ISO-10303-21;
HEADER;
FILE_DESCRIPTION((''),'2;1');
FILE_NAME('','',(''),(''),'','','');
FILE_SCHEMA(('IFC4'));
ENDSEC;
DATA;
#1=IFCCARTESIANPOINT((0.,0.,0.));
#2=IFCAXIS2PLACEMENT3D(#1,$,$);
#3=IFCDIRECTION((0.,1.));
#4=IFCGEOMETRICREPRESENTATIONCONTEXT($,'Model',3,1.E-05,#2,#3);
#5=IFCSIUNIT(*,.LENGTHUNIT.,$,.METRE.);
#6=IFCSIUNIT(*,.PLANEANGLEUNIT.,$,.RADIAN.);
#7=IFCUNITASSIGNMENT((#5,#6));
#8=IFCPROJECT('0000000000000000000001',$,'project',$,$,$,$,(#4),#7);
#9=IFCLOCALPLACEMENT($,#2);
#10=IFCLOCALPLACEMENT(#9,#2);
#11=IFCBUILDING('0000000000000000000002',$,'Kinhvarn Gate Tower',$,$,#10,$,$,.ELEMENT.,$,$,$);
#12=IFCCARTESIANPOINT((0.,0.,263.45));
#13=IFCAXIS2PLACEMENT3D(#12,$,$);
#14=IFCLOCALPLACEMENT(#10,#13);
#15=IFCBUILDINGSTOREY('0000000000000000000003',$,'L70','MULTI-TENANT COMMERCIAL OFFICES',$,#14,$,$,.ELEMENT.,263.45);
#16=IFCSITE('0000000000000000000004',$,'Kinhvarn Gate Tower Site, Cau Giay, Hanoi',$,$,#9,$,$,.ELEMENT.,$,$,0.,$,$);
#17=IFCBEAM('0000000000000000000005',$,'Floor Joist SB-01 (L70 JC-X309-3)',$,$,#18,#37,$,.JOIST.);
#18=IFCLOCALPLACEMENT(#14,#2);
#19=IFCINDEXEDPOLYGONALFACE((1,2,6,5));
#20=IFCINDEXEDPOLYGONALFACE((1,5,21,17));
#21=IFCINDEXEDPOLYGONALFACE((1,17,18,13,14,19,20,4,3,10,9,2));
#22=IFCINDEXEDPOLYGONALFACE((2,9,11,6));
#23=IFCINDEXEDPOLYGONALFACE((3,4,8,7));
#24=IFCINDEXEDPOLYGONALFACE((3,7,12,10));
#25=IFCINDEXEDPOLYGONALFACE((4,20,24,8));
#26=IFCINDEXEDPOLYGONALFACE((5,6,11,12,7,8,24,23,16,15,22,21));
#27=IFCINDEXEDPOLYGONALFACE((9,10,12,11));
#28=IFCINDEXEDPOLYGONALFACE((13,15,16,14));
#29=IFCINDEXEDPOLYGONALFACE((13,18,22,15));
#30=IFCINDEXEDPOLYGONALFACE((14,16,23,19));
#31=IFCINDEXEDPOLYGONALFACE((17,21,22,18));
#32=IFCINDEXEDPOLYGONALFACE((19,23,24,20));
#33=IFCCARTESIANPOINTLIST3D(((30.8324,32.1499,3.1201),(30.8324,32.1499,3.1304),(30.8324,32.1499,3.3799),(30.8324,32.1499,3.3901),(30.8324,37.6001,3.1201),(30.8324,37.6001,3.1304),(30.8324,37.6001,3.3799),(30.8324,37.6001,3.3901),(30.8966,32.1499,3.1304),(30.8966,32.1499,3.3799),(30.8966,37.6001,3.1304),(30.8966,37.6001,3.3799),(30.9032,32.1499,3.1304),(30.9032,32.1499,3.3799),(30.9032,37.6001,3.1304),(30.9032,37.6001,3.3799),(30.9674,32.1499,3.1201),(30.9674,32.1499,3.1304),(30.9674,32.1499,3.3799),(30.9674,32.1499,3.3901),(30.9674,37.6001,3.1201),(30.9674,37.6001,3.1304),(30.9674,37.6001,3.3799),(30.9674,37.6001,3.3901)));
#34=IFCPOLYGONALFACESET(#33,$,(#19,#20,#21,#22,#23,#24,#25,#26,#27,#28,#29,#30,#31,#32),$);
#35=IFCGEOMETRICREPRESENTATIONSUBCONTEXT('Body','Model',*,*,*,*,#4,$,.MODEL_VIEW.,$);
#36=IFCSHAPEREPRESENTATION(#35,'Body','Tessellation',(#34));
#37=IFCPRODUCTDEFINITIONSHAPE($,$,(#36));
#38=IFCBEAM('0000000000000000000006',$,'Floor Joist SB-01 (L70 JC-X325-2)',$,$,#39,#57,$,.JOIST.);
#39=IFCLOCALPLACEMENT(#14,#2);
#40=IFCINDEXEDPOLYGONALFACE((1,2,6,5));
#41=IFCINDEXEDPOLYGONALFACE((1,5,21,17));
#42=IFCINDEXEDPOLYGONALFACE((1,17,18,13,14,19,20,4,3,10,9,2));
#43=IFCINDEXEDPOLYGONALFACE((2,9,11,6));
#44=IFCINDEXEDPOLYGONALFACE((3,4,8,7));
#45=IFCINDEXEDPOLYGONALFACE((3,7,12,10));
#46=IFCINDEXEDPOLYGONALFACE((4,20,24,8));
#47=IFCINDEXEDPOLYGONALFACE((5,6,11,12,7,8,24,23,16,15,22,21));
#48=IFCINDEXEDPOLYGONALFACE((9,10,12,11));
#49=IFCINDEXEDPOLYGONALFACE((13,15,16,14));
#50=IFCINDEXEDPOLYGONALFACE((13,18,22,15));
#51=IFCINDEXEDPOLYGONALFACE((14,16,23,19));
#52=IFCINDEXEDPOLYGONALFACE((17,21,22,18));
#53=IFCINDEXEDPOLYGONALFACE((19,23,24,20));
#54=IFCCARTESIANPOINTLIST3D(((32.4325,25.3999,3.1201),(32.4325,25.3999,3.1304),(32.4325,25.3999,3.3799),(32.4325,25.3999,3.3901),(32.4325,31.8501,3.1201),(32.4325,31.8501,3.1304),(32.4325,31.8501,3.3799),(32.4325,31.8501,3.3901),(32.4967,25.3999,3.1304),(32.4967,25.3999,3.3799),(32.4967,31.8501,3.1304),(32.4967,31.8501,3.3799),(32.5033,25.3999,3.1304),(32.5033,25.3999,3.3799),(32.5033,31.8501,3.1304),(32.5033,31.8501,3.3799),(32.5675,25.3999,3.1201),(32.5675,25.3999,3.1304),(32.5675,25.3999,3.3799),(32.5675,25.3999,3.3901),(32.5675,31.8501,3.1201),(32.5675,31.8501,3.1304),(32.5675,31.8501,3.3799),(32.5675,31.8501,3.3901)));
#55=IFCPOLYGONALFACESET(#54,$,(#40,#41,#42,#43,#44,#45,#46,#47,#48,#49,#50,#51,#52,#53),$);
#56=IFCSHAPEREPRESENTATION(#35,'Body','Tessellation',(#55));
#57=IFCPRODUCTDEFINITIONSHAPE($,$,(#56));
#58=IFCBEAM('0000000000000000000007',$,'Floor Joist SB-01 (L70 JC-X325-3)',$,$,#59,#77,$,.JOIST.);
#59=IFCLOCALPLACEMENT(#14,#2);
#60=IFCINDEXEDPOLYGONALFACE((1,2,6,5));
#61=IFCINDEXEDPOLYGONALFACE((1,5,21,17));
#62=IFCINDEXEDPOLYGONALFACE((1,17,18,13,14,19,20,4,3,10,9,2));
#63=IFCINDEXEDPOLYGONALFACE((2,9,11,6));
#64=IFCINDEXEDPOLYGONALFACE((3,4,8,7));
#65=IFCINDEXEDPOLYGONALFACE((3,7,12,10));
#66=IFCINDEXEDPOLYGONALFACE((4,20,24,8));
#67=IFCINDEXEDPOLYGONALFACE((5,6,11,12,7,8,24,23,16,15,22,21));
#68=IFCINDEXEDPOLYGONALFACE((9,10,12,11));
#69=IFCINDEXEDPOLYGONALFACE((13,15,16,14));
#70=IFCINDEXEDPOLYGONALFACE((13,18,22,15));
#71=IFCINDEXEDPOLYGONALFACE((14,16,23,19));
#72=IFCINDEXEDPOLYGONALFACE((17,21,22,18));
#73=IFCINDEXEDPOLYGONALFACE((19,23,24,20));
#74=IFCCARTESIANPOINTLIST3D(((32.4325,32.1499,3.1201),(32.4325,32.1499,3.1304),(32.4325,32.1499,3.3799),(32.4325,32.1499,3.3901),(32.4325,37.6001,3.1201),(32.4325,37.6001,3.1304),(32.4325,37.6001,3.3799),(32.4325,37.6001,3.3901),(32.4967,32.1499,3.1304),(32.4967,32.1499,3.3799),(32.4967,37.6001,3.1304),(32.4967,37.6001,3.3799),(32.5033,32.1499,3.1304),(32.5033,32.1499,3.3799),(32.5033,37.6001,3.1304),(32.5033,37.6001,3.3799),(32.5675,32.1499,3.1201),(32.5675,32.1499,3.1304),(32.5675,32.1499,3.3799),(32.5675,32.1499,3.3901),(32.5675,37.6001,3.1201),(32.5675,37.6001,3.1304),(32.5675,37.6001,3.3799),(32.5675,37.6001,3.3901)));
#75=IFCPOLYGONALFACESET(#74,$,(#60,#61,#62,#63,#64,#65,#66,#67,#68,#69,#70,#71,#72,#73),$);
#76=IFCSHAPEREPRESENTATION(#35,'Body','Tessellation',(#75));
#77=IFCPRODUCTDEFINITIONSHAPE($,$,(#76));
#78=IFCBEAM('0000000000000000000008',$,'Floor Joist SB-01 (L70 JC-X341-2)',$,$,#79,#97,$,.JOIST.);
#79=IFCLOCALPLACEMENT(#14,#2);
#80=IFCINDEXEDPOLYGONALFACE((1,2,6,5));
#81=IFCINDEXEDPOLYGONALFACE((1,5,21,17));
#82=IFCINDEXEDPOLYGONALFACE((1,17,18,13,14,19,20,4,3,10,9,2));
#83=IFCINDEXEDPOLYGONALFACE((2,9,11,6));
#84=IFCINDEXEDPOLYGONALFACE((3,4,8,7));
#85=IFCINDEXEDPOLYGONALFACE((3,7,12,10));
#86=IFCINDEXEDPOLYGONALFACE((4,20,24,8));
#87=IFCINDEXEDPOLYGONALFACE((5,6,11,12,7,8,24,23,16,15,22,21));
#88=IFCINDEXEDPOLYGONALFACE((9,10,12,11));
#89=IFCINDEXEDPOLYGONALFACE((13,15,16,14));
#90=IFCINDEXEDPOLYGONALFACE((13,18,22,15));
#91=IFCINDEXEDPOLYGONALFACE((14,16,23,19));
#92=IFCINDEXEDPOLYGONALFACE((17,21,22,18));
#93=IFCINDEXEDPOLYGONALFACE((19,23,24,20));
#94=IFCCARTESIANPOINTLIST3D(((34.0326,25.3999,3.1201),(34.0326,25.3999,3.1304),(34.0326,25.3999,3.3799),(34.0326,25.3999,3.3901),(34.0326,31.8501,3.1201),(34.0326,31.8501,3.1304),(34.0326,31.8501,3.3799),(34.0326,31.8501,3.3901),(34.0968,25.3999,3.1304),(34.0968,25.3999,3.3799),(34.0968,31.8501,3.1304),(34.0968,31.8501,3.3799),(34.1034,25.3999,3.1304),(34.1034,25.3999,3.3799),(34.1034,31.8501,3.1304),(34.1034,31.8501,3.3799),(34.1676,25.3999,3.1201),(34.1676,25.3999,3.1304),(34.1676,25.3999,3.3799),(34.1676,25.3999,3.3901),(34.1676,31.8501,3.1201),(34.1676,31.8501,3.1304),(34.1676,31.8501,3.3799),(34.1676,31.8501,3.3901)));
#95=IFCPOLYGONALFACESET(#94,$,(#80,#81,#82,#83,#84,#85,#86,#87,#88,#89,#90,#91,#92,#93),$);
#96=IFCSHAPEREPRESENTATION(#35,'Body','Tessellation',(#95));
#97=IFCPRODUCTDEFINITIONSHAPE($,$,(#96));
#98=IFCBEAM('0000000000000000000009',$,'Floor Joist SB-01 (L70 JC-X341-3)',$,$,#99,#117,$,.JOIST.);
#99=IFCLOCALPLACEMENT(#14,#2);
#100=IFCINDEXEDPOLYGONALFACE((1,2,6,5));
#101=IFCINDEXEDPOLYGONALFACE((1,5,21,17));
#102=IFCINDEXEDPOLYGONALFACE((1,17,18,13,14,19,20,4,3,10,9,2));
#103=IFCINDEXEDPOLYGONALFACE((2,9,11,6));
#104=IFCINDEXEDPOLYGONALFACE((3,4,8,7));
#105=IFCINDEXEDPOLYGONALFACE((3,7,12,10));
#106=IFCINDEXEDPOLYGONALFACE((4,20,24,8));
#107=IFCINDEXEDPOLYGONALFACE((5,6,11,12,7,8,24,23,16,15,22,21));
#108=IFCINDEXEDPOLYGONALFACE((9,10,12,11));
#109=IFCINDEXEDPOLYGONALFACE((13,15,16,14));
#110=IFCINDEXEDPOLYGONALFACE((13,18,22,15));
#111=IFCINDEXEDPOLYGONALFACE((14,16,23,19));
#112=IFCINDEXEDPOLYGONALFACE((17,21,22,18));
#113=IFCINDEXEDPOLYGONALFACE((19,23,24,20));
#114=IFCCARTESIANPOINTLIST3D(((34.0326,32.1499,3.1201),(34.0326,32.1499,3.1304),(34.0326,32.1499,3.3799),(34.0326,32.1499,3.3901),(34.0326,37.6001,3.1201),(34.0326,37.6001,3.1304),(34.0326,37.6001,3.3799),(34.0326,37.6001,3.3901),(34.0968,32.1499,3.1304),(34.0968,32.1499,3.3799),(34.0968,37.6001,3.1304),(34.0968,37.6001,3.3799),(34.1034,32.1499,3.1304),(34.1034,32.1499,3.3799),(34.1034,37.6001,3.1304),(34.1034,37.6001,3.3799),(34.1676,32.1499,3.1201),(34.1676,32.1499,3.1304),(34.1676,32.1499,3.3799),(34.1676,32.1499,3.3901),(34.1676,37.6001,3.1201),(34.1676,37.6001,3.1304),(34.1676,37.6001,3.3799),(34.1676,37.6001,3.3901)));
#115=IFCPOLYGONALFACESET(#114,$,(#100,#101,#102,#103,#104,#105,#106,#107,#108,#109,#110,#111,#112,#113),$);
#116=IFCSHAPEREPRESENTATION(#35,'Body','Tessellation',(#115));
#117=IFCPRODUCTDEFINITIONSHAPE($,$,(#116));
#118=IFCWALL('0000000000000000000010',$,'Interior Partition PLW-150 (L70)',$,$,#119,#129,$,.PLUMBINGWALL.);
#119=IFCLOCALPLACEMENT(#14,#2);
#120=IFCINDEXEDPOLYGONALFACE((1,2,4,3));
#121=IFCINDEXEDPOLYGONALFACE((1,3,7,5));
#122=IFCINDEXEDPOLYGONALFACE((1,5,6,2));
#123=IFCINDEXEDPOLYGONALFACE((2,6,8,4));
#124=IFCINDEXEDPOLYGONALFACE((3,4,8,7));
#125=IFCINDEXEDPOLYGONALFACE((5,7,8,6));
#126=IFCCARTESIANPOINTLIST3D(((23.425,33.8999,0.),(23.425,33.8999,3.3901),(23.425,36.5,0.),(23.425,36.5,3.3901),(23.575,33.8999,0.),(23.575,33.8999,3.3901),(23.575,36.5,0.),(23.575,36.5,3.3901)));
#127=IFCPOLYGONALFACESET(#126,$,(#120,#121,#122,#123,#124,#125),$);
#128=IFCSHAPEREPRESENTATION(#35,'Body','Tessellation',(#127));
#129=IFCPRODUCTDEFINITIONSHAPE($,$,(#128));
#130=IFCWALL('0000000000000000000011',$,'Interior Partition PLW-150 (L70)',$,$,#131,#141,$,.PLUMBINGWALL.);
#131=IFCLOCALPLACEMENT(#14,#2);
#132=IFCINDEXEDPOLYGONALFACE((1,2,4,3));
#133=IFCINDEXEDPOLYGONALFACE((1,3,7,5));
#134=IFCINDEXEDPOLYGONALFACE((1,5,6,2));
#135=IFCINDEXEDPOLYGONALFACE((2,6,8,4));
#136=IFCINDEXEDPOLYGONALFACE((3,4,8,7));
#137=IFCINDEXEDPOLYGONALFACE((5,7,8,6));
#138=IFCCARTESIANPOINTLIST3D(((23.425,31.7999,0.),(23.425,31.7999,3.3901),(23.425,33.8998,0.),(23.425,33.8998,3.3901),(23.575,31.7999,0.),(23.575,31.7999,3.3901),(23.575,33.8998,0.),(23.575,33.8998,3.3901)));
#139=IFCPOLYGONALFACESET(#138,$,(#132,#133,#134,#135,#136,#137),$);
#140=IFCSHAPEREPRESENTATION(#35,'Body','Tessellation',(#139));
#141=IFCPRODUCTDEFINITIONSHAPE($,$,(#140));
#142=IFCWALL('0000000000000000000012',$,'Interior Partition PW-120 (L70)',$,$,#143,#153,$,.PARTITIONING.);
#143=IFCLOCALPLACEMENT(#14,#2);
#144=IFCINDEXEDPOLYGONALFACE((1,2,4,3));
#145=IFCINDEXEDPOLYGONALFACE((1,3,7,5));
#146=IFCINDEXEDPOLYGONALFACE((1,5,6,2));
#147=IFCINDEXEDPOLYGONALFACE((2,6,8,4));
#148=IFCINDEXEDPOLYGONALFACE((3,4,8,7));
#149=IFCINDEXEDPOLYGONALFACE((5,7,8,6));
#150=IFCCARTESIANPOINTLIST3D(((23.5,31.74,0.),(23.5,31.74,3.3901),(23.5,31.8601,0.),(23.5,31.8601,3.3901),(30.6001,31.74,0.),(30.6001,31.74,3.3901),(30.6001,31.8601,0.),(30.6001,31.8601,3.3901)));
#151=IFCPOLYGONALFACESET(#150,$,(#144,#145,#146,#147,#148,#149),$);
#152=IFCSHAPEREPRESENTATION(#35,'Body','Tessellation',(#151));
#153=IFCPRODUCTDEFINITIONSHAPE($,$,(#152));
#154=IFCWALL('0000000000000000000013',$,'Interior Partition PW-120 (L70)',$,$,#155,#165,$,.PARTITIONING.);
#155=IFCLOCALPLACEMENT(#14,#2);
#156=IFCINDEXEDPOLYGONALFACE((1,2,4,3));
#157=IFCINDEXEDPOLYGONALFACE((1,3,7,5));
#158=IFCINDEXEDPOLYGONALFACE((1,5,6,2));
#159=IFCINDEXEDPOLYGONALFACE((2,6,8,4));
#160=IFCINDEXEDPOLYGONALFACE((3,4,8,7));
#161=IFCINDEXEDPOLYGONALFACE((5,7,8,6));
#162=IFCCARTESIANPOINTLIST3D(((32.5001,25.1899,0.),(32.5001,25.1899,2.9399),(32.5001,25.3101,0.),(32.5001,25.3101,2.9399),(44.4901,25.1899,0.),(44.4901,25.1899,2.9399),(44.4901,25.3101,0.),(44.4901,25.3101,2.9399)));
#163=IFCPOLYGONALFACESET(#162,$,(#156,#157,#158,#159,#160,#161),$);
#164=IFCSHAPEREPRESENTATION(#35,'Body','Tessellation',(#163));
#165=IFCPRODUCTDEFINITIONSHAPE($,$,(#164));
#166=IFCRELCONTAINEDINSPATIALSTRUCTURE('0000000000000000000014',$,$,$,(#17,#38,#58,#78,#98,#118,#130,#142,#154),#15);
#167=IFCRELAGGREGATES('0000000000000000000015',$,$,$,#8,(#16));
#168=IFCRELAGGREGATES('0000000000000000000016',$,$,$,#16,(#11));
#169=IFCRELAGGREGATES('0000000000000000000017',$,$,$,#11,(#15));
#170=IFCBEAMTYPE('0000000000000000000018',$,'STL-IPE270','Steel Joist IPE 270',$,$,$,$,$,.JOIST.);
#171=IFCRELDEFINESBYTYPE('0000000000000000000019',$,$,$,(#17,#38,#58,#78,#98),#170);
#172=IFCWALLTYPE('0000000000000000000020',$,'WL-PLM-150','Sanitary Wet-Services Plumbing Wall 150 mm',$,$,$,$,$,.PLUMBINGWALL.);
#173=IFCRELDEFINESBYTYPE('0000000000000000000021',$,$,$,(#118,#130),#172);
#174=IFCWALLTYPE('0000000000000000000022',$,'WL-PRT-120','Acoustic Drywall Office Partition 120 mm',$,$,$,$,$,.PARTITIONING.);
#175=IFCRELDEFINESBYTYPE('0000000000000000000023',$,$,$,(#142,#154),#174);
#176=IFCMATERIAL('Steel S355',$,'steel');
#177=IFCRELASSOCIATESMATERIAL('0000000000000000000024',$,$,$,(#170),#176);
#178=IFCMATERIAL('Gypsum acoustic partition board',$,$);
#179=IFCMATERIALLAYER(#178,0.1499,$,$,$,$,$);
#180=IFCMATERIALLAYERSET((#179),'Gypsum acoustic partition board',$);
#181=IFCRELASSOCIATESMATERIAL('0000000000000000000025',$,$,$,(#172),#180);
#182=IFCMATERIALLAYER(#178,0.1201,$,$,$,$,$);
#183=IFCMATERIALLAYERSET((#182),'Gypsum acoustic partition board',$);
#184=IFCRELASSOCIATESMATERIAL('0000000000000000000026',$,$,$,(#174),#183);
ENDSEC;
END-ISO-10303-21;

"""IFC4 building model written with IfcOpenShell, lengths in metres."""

from ifc_helpers import new_model, si_unit, direction, frame, frame_2d, origin, origin_2d, place, context, subcontext, project, spatial, rectangle, i_section, extrude, material, layer, layer_set, material_profile, profile_set, type_object, element, save


model = new_model("IFC4")

# Units and contexts
model_context = context("Model", 3, precision=1e-05, world=origin(), true_north=direction((0.0, 1.0)))
body_context = subcontext(model_context, "Body", "Model", "MODEL_VIEW")
ifc_project = project(units=[si_unit("LENGTHUNIT", "METRE"), si_unit("PLANEANGLEUNIT", "RADIAN")], contexts=[model_context])

# Site, building, storey
site_placement = place(None, origin())
site = spatial("IfcSite", under=ifc_project, at=site_placement, Name="Kinhvarn Gate Tower Site, Cau Giay, Hanoi", CompositionType="ELEMENT", RefElevation=0.0)
building_placement = place(site_placement, origin())
building = spatial("IfcBuilding", under=site, at=building_placement, Name="Kinhvarn Gate Tower", CompositionType="ELEMENT")
storey_placement = place(building_placement, frame((0.0, 0.0, 263.45)))
storey = spatial("IfcBuildingStorey", under=building, at=storey_placement, Name="L70", Description="MULTI-TENANT COMMERCIAL OFFICES", CompositionType="ELEMENT", Elevation=263.45)

# Beams
ifc_material_1 = material(Name="Steel S355", Category="steel")
ifc_material_profile = material_profile(ifc_material_1, i_section(OverallWidth=0.135, OverallDepth=0.27, WebThickness=0.0066, FlangeThickness=0.0103, at=origin_2d()), Name="IPE 270")
ifc_profile_set = profile_set([ifc_material_profile], Name="Steel S355")
beam_type = type_object("IfcBeamType", Name="STL-IPE270", Description="Steel Joist IPE 270", PredefinedType="JOIST", material=ifc_profile_set)
beam_1_placement = place(storey_placement, frame((30.8999, 32.1499, 3.2551), z_axis=(0.0, 1.0, 0.0), x_axis=(-1.0, 0.0, 0.0)))
element("IfcBeam", 1, at=beam_1_placement, inside=storey, type_object=beam_type, Name="Floor Joist SB-01 (L70 JC-X309-3)", PredefinedType="JOIST", context=body_context, shape_type="SweptSolid", body=[
    extrude(i_section(OverallWidth=0.135, OverallDepth=0.27, WebThickness=0.0066, FlangeThickness=0.0103, at=origin_2d()), origin(), (0.0, 0.0, 1.0), 5.4502),
])
beam_2_placement = place(storey_placement, frame((32.5, 25.3999, 3.2551), z_axis=(0.0, 1.0, 0.0), x_axis=(-1.0, 0.0, 0.0)))
element("IfcBeam", 2, at=beam_2_placement, inside=storey, type_object=beam_type, Name="Floor Joist SB-01 (L70 JC-X325-2)", PredefinedType="JOIST", context=body_context, shape_type="SweptSolid", body=[
    extrude(i_section(OverallWidth=0.135, OverallDepth=0.27, WebThickness=0.0066, FlangeThickness=0.0103, at=origin_2d()), origin(), (0.0, 0.0, 1.0), 6.4502),
])
beam_3_placement = place(storey_placement, frame((32.5, 32.1499, 3.2551), z_axis=(0.0, 1.0, 0.0), x_axis=(-1.0, 0.0, 0.0)))
element("IfcBeam", 3, at=beam_3_placement, inside=storey, type_object=beam_type, Name="Floor Joist SB-01 (L70 JC-X325-3)", PredefinedType="JOIST", context=body_context, shape_type="SweptSolid", body=[
    extrude(i_section(OverallWidth=0.135, OverallDepth=0.27, WebThickness=0.0066, FlangeThickness=0.0103, at=origin_2d()), origin(), (0.0, 0.0, 1.0), 5.4502),
])
beam_4_placement = place(storey_placement, frame((34.1001, 25.3999, 3.2551), z_axis=(0.0, 1.0, 0.0), x_axis=(-1.0, 0.0, 0.0)))
element("IfcBeam", 4, at=beam_4_placement, inside=storey, type_object=beam_type, Name="Floor Joist SB-01 (L70 JC-X341-2)", PredefinedType="JOIST", context=body_context, shape_type="SweptSolid", body=[
    extrude(i_section(OverallWidth=0.135, OverallDepth=0.27, WebThickness=0.0066, FlangeThickness=0.0103, at=origin_2d()), origin(), (0.0, 0.0, 1.0), 6.4502),
])
beam_5_placement = place(storey_placement, frame((34.1001, 32.1499, 3.2551), z_axis=(0.0, 1.0, 0.0), x_axis=(-1.0, 0.0, 0.0)))
element("IfcBeam", 5, at=beam_5_placement, inside=storey, type_object=beam_type, Name="Floor Joist SB-01 (L70 JC-X341-3)", PredefinedType="JOIST", context=body_context, shape_type="SweptSolid", body=[
    extrude(i_section(OverallWidth=0.135, OverallDepth=0.27, WebThickness=0.0066, FlangeThickness=0.0103, at=origin_2d()), origin(), (0.0, 0.0, 1.0), 5.4502),
])

# Walls
ifc_material_2 = material(Name="Gypsum acoustic partition board")
ifc_layer_1 = layer(ifc_material_2, 0.1499)
ifc_layer_set_1 = layer_set([ifc_layer_1], Name="Gypsum acoustic partition board")
wall_type_1 = type_object("IfcWallType", Name="WL-PLM-150", Description="Sanitary Wet-Services Plumbing Wall 150 mm", PredefinedType="PLUMBINGWALL", material=ifc_layer_set_1)
wall_1_placement = place(storey_placement, frame((23.5, 33.8999, 0.0), z_axis=(0.0, 0.0, 1.0), x_axis=(0.0, 1.0, 0.0)))
element("IfcWall", 6, at=wall_1_placement, inside=storey, type_object=wall_type_1, Name="Interior Partition PLW-150 (L70)", PredefinedType="PLUMBINGWALL", context=body_context, shape_type="SweptSolid", body=[
    extrude(rectangle(XDim=2.6001, YDim=0.1499, at=frame_2d((1.3, 0.0))), origin(), (0.0, 0.0, 1.0), 3.3901),
])
wall_2_placement = place(storey_placement, frame((23.5, 31.8, 0.0), z_axis=(0.0, 0.0, 1.0), x_axis=(0.0, 1.0, 0.0)))
element("IfcWall", 7, at=wall_2_placement, inside=storey, type_object=wall_type_1, Name="Interior Partition PLW-150 (L70)", PredefinedType="PLUMBINGWALL", context=body_context, shape_type="SweptSolid", body=[
    extrude(rectangle(XDim=2.0999, YDim=0.1499, at=frame_2d((1.0498, 0.0))), origin(), (0.0, 0.0, 1.0), 3.3901),
])
ifc_layer_2 = layer(ifc_material_2, 0.1201)
ifc_layer_set_2 = layer_set([ifc_layer_2], Name="Gypsum acoustic partition board")
wall_type_2 = type_object("IfcWallType", Name="WL-PRT-120", Description="Acoustic Drywall Office Partition 120 mm", PredefinedType="PARTITIONING", material=ifc_layer_set_2)
wall_3_placement = place(storey_placement, frame((23.5, 31.8, 0.0), z_axis=(0.0, 0.0, 1.0), x_axis=(1.0, 0.0, 0.0)))
element("IfcWall", 8, at=wall_3_placement, inside=storey, type_object=wall_type_2, Name="Interior Partition PW-120 (L70)", PredefinedType="PARTITIONING", context=body_context, shape_type="SweptSolid", body=[
    extrude(rectangle(XDim=7.1001, YDim=0.1201, at=frame_2d((3.55, 0.0))), origin(), (0.0, 0.0, 1.0), 3.3901),
])
wall_4_placement = place(storey_placement, frame((32.5, 25.25, 0.0), z_axis=(0.0, 0.0, 1.0), x_axis=(1.0, 0.0, 0.0)))
element("IfcWall", 9, at=wall_4_placement, inside=storey, type_object=wall_type_2, Name="Interior Partition PW-120 (L70)", PredefinedType="PARTITIONING", context=body_context, shape_type="SweptSolid", body=[
    extrude(rectangle(XDim=11.99, YDim=0.1201, at=frame_2d((5.9951, 0.0))), origin(), (0.0, 0.0, 1.0), 2.9399),
])

save(model, "model.ifc")
